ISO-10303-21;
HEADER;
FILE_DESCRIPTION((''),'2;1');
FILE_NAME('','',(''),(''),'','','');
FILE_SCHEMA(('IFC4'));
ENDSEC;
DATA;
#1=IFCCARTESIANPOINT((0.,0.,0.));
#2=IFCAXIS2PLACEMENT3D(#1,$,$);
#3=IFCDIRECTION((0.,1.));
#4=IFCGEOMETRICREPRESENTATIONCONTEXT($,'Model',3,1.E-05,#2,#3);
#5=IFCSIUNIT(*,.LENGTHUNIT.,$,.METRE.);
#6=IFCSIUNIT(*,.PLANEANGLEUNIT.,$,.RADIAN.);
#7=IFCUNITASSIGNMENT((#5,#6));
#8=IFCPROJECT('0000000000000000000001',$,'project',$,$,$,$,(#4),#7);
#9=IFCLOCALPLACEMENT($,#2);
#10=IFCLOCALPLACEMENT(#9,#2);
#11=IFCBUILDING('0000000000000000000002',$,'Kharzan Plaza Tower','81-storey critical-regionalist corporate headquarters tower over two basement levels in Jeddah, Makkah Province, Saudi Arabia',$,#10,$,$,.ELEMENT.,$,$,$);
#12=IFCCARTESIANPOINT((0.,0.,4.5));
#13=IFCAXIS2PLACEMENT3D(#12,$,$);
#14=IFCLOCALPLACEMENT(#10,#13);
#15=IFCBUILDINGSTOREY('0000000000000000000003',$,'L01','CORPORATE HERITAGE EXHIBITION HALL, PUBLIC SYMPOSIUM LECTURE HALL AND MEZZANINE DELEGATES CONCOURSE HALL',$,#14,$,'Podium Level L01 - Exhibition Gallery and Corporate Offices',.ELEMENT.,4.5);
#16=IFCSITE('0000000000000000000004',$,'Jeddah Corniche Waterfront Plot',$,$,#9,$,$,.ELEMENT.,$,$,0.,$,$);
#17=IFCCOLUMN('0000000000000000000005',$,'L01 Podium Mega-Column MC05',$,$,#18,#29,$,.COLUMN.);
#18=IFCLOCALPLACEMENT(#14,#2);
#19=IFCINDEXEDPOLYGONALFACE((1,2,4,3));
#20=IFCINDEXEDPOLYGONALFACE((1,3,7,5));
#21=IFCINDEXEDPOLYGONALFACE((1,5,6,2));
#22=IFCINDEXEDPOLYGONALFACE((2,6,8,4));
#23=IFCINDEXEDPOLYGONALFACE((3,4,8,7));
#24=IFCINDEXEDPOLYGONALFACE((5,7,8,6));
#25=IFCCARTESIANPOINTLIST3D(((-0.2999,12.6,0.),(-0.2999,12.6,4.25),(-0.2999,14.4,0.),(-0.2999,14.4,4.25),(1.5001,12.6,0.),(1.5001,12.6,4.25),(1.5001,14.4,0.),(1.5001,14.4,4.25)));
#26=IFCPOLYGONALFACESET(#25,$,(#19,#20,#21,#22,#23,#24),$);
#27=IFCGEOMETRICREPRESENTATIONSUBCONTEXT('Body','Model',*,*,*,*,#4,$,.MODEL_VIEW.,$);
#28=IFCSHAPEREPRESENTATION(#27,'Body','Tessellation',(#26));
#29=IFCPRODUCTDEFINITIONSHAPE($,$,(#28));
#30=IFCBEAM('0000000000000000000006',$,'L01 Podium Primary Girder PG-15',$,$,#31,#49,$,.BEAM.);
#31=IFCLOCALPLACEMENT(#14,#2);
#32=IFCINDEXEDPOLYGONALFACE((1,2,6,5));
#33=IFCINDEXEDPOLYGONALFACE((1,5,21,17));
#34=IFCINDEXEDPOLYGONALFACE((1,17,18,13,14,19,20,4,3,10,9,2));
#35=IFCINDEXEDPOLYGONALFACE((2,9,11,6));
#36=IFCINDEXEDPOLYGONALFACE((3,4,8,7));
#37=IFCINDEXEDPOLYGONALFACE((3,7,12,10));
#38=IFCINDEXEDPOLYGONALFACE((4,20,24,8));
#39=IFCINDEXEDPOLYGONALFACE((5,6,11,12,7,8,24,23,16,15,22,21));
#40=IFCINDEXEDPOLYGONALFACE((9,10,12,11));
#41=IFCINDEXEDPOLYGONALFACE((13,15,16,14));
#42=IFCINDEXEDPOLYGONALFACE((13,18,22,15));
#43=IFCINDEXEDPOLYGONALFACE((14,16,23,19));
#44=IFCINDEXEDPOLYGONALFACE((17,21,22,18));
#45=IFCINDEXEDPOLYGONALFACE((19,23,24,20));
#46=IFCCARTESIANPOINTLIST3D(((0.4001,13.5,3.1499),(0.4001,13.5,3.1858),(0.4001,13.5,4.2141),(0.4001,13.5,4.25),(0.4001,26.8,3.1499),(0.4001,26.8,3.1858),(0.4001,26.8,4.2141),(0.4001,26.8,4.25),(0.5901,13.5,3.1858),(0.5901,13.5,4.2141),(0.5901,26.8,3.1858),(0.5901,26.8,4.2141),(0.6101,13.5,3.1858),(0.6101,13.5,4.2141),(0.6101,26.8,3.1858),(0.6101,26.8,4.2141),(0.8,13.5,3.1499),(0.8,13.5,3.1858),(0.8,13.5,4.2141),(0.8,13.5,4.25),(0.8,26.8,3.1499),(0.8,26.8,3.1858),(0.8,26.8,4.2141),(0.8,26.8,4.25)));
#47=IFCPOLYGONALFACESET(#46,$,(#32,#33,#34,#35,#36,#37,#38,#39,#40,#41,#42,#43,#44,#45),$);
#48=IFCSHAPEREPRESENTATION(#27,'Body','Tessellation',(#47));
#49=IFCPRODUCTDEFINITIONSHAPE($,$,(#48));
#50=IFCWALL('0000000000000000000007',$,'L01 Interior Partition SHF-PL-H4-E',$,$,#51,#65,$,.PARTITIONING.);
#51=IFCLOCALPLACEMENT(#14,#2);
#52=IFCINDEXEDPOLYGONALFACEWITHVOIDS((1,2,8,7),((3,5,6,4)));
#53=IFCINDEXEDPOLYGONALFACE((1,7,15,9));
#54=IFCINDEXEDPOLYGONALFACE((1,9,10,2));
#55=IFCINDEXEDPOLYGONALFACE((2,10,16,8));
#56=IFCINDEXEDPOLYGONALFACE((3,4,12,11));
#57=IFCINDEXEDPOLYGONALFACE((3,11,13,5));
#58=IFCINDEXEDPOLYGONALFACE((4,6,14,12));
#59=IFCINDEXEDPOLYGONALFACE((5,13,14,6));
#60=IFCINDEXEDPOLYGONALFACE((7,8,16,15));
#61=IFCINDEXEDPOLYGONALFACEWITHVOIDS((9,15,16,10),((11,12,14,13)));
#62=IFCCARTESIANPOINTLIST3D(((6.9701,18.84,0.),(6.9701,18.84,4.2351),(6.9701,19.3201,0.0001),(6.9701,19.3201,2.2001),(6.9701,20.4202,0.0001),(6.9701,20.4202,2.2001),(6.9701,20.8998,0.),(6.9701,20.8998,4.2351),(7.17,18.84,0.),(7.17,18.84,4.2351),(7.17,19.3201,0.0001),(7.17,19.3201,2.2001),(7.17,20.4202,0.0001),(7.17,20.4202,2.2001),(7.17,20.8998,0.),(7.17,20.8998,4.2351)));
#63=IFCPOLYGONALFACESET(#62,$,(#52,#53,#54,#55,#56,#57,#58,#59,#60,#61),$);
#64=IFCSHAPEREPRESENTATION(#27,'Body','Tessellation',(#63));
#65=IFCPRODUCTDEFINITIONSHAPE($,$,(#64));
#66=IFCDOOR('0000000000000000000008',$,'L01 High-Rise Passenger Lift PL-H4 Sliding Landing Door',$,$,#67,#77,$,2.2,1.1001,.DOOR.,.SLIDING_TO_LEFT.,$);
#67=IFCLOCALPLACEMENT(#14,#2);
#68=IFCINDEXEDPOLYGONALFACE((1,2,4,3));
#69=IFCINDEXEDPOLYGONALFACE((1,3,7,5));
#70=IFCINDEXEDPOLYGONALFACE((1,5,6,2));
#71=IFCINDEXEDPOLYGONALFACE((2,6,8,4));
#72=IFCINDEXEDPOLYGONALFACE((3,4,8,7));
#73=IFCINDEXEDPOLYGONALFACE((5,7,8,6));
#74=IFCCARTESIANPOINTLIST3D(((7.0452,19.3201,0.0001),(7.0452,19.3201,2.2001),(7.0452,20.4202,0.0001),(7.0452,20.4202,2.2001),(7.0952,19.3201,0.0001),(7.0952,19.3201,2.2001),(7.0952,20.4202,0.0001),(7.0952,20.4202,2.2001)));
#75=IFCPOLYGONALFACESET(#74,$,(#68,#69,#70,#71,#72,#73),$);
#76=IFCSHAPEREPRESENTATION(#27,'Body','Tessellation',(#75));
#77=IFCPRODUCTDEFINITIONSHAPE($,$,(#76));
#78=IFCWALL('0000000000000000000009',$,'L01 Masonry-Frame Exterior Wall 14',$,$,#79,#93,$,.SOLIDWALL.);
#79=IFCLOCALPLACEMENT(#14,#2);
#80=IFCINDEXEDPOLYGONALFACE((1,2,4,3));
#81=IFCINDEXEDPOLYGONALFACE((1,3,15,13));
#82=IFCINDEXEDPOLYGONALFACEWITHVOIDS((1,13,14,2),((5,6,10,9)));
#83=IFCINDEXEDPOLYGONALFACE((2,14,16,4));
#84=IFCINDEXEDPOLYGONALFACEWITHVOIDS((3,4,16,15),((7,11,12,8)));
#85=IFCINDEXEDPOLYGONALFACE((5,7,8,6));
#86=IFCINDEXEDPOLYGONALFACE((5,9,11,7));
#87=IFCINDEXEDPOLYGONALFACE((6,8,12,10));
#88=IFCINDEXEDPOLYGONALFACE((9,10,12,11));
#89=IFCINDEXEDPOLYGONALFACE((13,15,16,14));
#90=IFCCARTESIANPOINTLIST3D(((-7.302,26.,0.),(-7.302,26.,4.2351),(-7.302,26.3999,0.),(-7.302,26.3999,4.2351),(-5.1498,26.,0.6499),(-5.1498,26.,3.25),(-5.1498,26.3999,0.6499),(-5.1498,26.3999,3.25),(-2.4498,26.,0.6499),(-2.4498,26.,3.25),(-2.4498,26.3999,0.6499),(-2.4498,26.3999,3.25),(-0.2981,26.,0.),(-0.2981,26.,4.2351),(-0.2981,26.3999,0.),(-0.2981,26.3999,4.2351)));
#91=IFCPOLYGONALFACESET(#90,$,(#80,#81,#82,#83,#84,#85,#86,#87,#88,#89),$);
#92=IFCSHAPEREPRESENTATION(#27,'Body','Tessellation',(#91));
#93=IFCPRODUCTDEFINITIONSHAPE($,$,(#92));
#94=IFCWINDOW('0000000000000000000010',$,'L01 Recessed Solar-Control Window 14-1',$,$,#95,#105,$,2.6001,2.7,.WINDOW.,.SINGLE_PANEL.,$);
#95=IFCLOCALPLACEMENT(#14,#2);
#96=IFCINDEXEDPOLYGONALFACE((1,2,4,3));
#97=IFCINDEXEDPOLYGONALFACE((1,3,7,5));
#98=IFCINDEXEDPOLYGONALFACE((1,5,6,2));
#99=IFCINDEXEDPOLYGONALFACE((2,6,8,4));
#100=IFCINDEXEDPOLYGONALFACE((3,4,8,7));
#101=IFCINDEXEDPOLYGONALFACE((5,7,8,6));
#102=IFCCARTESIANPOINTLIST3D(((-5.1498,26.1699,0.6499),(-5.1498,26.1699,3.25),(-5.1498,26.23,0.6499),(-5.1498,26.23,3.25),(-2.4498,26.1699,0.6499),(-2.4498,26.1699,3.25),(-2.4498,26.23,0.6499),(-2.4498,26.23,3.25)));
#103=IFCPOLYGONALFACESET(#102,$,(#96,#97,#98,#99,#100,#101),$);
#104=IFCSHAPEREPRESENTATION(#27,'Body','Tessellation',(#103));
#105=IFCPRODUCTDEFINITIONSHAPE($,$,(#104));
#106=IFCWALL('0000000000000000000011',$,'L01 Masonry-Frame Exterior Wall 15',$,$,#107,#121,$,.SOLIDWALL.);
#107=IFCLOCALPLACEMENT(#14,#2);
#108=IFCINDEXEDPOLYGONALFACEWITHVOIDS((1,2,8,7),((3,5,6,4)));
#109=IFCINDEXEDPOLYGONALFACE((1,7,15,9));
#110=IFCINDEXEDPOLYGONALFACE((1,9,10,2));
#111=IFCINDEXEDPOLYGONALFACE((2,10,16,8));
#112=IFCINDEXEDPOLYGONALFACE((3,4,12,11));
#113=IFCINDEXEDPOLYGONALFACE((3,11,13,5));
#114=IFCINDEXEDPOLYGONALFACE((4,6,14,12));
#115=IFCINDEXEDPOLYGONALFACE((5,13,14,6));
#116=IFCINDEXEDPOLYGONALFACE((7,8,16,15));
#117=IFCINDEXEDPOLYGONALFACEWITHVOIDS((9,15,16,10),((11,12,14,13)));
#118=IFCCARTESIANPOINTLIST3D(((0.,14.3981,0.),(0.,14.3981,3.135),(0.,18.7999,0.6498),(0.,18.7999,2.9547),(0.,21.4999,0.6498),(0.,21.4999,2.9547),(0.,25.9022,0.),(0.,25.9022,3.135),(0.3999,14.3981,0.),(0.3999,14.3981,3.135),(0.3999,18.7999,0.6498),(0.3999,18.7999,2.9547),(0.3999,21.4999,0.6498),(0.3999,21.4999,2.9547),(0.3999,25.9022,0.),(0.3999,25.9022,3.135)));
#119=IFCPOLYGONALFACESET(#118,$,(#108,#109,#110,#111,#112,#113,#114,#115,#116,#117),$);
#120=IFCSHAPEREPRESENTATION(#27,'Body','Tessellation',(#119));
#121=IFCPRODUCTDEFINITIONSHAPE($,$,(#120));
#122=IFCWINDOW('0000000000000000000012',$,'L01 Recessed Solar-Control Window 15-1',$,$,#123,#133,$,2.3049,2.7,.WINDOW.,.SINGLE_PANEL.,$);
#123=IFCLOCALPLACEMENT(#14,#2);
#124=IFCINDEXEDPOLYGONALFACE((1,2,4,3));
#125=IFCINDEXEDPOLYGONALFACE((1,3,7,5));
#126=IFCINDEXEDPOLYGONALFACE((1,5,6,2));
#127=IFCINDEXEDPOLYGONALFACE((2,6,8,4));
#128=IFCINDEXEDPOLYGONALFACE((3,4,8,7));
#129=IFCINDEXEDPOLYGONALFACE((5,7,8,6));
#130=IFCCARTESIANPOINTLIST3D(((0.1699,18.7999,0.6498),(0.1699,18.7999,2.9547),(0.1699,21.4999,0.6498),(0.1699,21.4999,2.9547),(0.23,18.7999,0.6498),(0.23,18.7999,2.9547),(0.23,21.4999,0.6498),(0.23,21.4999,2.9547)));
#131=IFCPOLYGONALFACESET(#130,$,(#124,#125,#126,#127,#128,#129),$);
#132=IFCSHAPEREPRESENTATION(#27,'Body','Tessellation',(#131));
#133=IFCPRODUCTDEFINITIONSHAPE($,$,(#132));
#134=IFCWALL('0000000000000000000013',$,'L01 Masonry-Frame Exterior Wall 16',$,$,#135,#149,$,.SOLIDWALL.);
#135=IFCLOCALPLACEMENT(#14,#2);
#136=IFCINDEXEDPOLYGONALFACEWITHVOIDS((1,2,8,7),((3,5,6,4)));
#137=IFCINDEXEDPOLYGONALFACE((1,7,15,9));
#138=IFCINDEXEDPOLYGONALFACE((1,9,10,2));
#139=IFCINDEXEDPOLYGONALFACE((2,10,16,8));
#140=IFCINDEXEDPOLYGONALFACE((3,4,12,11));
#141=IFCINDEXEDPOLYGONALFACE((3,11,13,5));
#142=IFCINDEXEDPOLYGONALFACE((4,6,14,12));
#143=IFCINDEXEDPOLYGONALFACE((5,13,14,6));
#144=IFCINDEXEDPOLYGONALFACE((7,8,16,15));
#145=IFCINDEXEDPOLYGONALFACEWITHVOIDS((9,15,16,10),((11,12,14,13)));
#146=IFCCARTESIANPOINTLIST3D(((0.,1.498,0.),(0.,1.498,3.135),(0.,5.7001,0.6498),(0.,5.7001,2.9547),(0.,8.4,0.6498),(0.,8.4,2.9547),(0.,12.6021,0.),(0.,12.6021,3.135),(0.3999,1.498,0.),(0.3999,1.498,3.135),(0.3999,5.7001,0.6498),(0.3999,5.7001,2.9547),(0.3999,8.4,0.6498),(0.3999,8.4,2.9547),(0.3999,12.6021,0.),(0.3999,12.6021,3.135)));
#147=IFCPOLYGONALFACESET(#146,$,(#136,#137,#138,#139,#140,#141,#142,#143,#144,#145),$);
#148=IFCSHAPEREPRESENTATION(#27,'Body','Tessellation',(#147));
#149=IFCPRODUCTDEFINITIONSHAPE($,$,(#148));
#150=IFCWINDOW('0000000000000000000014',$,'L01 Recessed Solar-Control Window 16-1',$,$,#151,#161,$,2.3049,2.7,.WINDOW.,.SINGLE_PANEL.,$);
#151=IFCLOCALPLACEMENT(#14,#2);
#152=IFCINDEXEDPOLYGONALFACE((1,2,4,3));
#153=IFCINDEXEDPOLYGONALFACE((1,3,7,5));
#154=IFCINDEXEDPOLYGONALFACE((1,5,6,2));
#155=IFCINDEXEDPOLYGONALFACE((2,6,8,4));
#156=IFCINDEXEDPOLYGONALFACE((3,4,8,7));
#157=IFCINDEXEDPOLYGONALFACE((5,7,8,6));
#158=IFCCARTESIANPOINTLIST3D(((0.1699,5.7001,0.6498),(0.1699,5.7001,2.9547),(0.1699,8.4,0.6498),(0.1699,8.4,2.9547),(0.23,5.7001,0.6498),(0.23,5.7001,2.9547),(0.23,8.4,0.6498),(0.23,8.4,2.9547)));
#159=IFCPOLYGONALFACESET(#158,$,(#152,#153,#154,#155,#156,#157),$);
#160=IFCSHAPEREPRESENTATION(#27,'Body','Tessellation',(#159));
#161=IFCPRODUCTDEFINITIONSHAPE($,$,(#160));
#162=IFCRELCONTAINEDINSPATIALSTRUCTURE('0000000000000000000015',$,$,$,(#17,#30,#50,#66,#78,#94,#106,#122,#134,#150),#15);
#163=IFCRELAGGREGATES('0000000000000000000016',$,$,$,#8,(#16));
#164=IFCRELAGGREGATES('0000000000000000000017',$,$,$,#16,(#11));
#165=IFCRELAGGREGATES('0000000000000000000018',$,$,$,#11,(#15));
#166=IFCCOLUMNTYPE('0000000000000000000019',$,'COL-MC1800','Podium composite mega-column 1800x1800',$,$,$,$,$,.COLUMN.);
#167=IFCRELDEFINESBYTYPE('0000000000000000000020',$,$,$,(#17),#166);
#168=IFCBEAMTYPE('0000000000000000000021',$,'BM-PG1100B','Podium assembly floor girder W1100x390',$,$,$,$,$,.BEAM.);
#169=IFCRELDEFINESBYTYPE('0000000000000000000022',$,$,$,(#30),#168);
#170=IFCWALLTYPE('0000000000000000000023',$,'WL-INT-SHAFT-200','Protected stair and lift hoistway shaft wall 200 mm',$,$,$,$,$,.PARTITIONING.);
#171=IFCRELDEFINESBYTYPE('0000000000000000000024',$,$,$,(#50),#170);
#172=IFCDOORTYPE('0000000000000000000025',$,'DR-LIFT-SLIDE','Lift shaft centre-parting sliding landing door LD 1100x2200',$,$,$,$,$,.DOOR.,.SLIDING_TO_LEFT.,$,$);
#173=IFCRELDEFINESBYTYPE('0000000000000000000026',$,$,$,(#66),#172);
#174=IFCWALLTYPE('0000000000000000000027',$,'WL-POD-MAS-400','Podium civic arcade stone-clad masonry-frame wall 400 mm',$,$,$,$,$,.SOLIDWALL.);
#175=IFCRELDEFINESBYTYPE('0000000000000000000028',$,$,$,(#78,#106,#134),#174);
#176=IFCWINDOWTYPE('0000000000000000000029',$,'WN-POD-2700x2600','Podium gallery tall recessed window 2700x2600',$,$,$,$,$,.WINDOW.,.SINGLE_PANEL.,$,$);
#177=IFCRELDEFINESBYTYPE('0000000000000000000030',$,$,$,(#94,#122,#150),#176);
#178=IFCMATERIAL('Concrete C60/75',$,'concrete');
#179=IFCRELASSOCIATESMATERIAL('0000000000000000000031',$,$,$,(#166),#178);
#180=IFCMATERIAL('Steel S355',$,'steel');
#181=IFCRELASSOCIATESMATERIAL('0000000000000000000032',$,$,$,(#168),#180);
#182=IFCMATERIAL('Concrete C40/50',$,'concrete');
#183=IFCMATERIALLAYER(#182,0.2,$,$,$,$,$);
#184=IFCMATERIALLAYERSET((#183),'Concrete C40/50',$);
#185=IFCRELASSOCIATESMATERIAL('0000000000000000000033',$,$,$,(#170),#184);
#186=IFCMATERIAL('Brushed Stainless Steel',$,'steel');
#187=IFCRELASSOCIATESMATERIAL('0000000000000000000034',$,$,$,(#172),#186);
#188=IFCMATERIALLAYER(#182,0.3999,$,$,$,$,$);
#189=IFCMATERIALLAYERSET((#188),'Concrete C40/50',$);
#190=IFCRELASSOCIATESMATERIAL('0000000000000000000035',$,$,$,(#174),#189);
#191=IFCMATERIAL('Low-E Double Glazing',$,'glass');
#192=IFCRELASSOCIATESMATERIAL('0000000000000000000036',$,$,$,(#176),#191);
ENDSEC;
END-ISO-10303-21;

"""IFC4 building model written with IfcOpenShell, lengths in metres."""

from ifc_helpers import new_model, si_unit, direction, frame, frame_2d, origin, origin_2d, place, context, subcontext, project, spatial, rectangle, i_section, extrude, source, transform, mapped, material, layer, layer_set, material_profile, profile_set, type_object, element, fill, save


model = new_model("IFC4")

# Units and contexts
model_context = context("Model", 3, precision=1e-05, world=origin(), true_north=direction((0.0, 1.0)))
body_context = subcontext(model_context, "Body", "Model", "MODEL_VIEW")
ifc_project = project(units=[si_unit("LENGTHUNIT", "METRE"), si_unit("PLANEANGLEUNIT", "RADIAN")], contexts=[model_context])

# Site, building, storey
site_placement = place(None, origin())
site = spatial("IfcSite", under=ifc_project, at=site_placement, Name="Jeddah Corniche Waterfront Plot", CompositionType="ELEMENT", RefElevation=0.0)
building_placement = place(site_placement, origin())
building = spatial("IfcBuilding", under=site, at=building_placement, Name="Kharzan Plaza Tower", Description="81-storey critical-regionalist corporate headquarters tower over two basement levels in Jeddah, Makkah Province, Saudi Arabia", CompositionType="ELEMENT")
storey_placement = place(building_placement, frame((0.0, 0.0, 4.5)))
storey = spatial("IfcBuildingStorey", under=building, at=storey_placement, Name="L01", Description="CORPORATE HERITAGE EXHIBITION HALL, PUBLIC SYMPOSIUM LECTURE HALL AND MEZZANINE DELEGATES CONCOURSE HALL", LongName="Podium Level L01 - Exhibition Gallery and Corporate Offices", CompositionType="ELEMENT", Elevation=4.5)

# Column
ifc_material_1 = material(Name="Concrete C60/75", Category="concrete")
ifc_material_profile_1 = material_profile(ifc_material_1, rectangle(XDim=1.8, YDim=1.8, at=origin_2d()), Name="RC-MC1800x1800")
ifc_profile_set_1 = profile_set([ifc_material_profile_1], Name="Concrete C60/75")
column_type = type_object("IfcColumnType", Name="COL-MC1800", Description="Podium composite mega-column 1800x1800", PredefinedType="COLUMN", material=ifc_profile_set_1)
shared_shape_1 = source(origin(), body_context, "Body", "SweptSolid", [
    extrude(rectangle(XDim=1.8, YDim=1.8, at=origin_2d()), origin(), (0.0, 0.0, 1.0), 4.25),
])
column_placement = place(storey_placement, frame((0.6001, 13.5, 0.0), z_axis=(0.0, 0.0, 1.0), x_axis=(1.0, 0.0, 0.0)))
element("IfcColumn", 1, at=column_placement, inside=storey, type_object=column_type, Name="L01 Podium Mega-Column MC05", PredefinedType="COLUMN", context=body_context, shape_type="MappedRepresentation", body=[
    mapped(shared_shape_1, transform((0.0, 0.0, 0.0), x_axis=(1.0, 0.0, 0.0), y_axis=(0.0, 1.0, 0.0), z_axis=(0.0, 0.0, 1.0))),
])

# Beam
ifc_material_2 = material(Name="Steel S355", Category="steel")
ifc_material_profile_2 = material_profile(ifc_material_2, i_section(OverallWidth=0.3999, OverallDepth=1.1001, WebThickness=0.02, FlangeThickness=0.0359, at=origin_2d()), Name="W1100x390")
ifc_profile_set_2 = profile_set([ifc_material_profile_2], Name="Steel S355")
beam_type = type_object("IfcBeamType", Name="BM-PG1100B", Description="Podium assembly floor girder W1100x390", PredefinedType="BEAM", material=ifc_profile_set_2)
shared_shape_2 = source(origin(), body_context, "Body", "SweptSolid", [
    extrude(i_section(OverallWidth=0.3999, OverallDepth=1.1001, WebThickness=0.02, FlangeThickness=0.0359, at=origin_2d()), origin(), (0.0, 0.0, 1.0), 13.3),
])
beam_placement = place(storey_placement, frame((0.6001, 13.5, 3.7), z_axis=(0.0, 1.0, 0.0), x_axis=(-1.0, 0.0, 0.0)))
element("IfcBeam", 2, at=beam_placement, inside=storey, type_object=beam_type, Name="L01 Podium Primary Girder PG-15", PredefinedType="BEAM", context=body_context, shape_type="MappedRepresentation", body=[
    mapped(shared_shape_2, transform((0.0, 0.0, 0.0), x_axis=(1.0, 0.0, 0.0), y_axis=(0.0, 1.0, 0.0), z_axis=(0.0, 0.0, 1.0))),
])

# Wall, opening, door
ifc_material_3 = material(Name="Concrete C40/50", Category="concrete")
ifc_layer_1 = layer(ifc_material_3, 0.2)
ifc_layer_set_1 = layer_set([ifc_layer_1], Name="Concrete C40/50")
wall_type_1 = type_object("IfcWallType", Name="WL-INT-SHAFT-200", Description="Protected stair and lift hoistway shaft wall 200 mm", PredefinedType="PARTITIONING", material=ifc_layer_set_1)
wall_1_placement = place(storey_placement, frame((7.0701, 18.8401, 0.0), z_axis=(0.0, 0.0, 1.0), x_axis=(0.0, 1.0, 0.0)))
wall_1 = element("IfcWall", 3, at=wall_1_placement, inside=storey, type_object=wall_type_1, Name="L01 Interior Partition SHF-PL-H4-E", PredefinedType="PARTITIONING", context=body_context, shape_type="SweptSolid", body=[
    extrude(rectangle(XDim=2.0598, YDim=0.2, at=frame_2d((1.0298, 0.0))), origin(), (0.0, 0.0, 1.0), 4.2351),
])
opening_1_placement = place(wall_1_placement, frame((0.48, 0.0, 0.0)))
opening_1 = element("IfcOpeningElement", 4, at=opening_1_placement, cuts=wall_1, PredefinedType="OPENING", context=body_context, shape_type="SweptSolid", body=[
    extrude(rectangle(XDim=1.1001, YDim=2.2, at=frame_2d((0.55, 1.1001))), frame((0.0, 0.1099, 0.0), z_axis=(0.0, -1.0, 0.0), x_axis=(1.0, 0.0, 0.0)), (0.0, 0.0, 1.0), 0.22),
])
ifc_material_4 = material(Name="Brushed Stainless Steel", Category="steel")
door_type_1 = type_object("IfcDoorType", Name="DR-LIFT-SLIDE", Description="Lift shaft centre-parting sliding landing door LD 1100x2200", OperationType="SLIDING_TO_LEFT", PredefinedType="DOOR", material=ifc_material_4)
shared_shape_3 = source(origin(), body_context, "Body", "SweptSolid", [
    extrude(rectangle(XDim=1.1001, YDim=2.2, at=frame_2d((0.55, 1.1001))), frame((0.0, 0.0249, 0.0), z_axis=(0.0, -1.0, 0.0), x_axis=(1.0, 0.0, 0.0)), (0.0, 0.0, 1.0), 0.05),
])
door_1_placement = place(opening_1_placement, origin())
door_1 = element("IfcDoor", 5, at=door_1_placement, inside=storey, type_object=door_type_1, Name="L01 High-Rise Passenger Lift PL-H4 Sliding Landing Door", OperationType="SLIDING_TO_LEFT", OverallHeight=2.2, OverallWidth=1.1001, PredefinedType="DOOR", context=body_context, shape_type="MappedRepresentation", body=[
    mapped(shared_shape_3, transform((0.0, 0.0, 0.0), x_axis=(1.0, 0.0, 0.0), y_axis=(0.0, 1.0, 0.0), z_axis=(0.0, 0.0, 1.0))),
])
fill(opening_1, door_1)

# Walls, openings, windows
ifc_layer_2 = layer(ifc_material_3, 0.3999)
ifc_layer_set_2 = layer_set([ifc_layer_2], Name="Concrete C40/50")
wall_type_2 = type_object("IfcWallType", Name="WL-POD-MAS-400", Description="Podium civic arcade stone-clad masonry-frame wall 400 mm", PredefinedType="SOLIDWALL", material=ifc_layer_set_2)
wall_2_placement = place(storey_placement, frame((-7.302, 26.2, 0.0), z_axis=(0.0, 0.0, 1.0), x_axis=(1.0, 0.0, 0.0)))
wall_2 = element("IfcWall", 6, at=wall_2_placement, inside=storey, type_object=wall_type_2, Name="L01 Masonry-Frame Exterior Wall 14", PredefinedType="SOLIDWALL", context=body_context, shape_type="SweptSolid", body=[
    extrude(rectangle(XDim=7.0039, YDim=0.3999, at=frame_2d((3.502, 0.0))), origin(), (0.0, 0.0, 1.0), 4.2351),
])
opening_2_placement = place(wall_2_placement, frame((2.1521, 0.0, 0.6499)))
opening_2 = element("IfcOpeningElement", 7, at=opening_2_placement, cuts=wall_2, PredefinedType="OPENING", context=body_context, shape_type="SweptSolid", body=[
    extrude(rectangle(XDim=2.7, YDim=2.6001, at=frame_2d((1.3501, 1.3))), frame((0.0, 0.21, 0.0), z_axis=(0.0, -1.0, 0.0), x_axis=(1.0, 0.0, 0.0)), (0.0, 0.0, 1.0), 0.4199),
])
ifc_material_5 = material(Name="Low-E Double Glazing", Category="glass")
window_type = type_object("IfcWindowType", Name="WN-POD-2700x2600", Description="Podium gallery tall recessed window 2700x2600", PartitioningType="SINGLE_PANEL", PredefinedType="WINDOW", material=ifc_material_5)
shared_shape_4 = source(origin(), body_context, "Body", "SweptSolid", [
    extrude(rectangle(XDim=2.7, YDim=2.6001, at=frame_2d((1.3501, 1.3))), frame((0.0, 0.03, 0.0), z_axis=(0.0, -1.0, 0.0), x_axis=(1.0, 0.0, 0.0)), (0.0, 0.0, 1.0), 0.0601),
])
window_1_placement = place(opening_2_placement, origin())
window_1 = element("IfcWindow", 8, at=window_1_placement, inside=storey, type_object=window_type, Name="L01 Recessed Solar-Control Window 14-1", OverallHeight=2.6001, OverallWidth=2.7, PartitioningType="SINGLE_PANEL", PredefinedType="WINDOW", context=body_context, shape_type="MappedRepresentation", body=[
    mapped(shared_shape_4, transform((0.0, 0.0, 0.0), x_axis=(1.0, 0.0, 0.0), y_axis=(0.0, 1.0, 0.0), z_axis=(0.0, 0.0, 1.0))),
])
fill(opening_2, window_1)
wall_3_placement = place(storey_placement, frame((0.2, 25.9021, 0.0), z_axis=(0.0, 0.0, 1.0), x_axis=(0.0, -1.0, 0.0)))
wall_3 = element("IfcWall", 9, at=wall_3_placement, inside=storey, type_object=wall_type_2, Name="L01 Masonry-Frame Exterior Wall 15", PredefinedType="SOLIDWALL", context=body_context, shape_type="SweptSolid", body=[
    extrude(rectangle(XDim=11.5042, YDim=0.3999, at=frame_2d((5.752, 0.0))), origin(), (0.0, 0.0, 1.0), 3.135),
])
opening_3_placement = place(wall_3_placement, frame((4.4021, 0.0, 0.6499)))
opening_3 = element("IfcOpeningElement", 10, at=opening_3_placement, cuts=wall_3, PredefinedType="OPENING", context=body_context, shape_type="SweptSolid", body=[
    extrude(rectangle(XDim=2.7, YDim=2.3049, at=frame_2d((1.3501, 1.1523))), frame((0.0, 0.21, 0.0), z_axis=(0.0, -1.0, 0.0), x_axis=(1.0, 0.0, 0.0)), (0.0, 0.0, 1.0), 0.4199),
])
shared_shape_5 = source(origin(), body_context, "Body", "SweptSolid", [
    extrude(rectangle(XDim=2.7, YDim=2.3049, at=frame_2d((1.3501, 1.1523))), frame((0.0, 0.03, 0.0), z_axis=(0.0, -1.0, 0.0), x_axis=(1.0, 0.0, 0.0)), (0.0, 0.0, 1.0), 0.0601),
])
window_2_placement = place(opening_3_placement, origin())
window_2 = element("IfcWindow", 11, at=window_2_placement, inside=storey, type_object=window_type, Name="L01 Recessed Solar-Control Window 15-1", OverallHeight=2.3049, OverallWidth=2.7, PartitioningType="SINGLE_PANEL", PredefinedType="WINDOW", context=body_context, shape_type="MappedRepresentation", body=[
    mapped(shared_shape_5, transform((0.0, 0.0, 0.0), x_axis=(1.0, 0.0, 0.0), y_axis=(0.0, 1.0, 0.0), z_axis=(0.0, 0.0, 1.0))),
])
fill(opening_3, window_2)
wall_4_placement = place(storey_placement, frame((0.2, 12.6021, 0.0), z_axis=(0.0, 0.0, 1.0), x_axis=(0.0, -1.0, 0.0)))
wall_4 = element("IfcWall", 12, at=wall_4_placement, inside=storey, type_object=wall_type_2, Name="L01 Masonry-Frame Exterior Wall 16", PredefinedType="SOLIDWALL", context=body_context, shape_type="SweptSolid", body=[
    extrude(rectangle(XDim=11.104, YDim=0.3999, at=frame_2d((5.552, 0.0))), origin(), (0.0, 0.0, 1.0), 3.135),
])
opening_4_placement = place(wall_4_placement, frame((4.2019, 0.0, 0.6499)))
opening_4 = element("IfcOpeningElement", 13, at=opening_4_placement, cuts=wall_4, PredefinedType="OPENING", context=body_context, shape_type="SweptSolid", body=[
    extrude(rectangle(XDim=2.7, YDim=2.3049, at=frame_2d((1.3501, 1.1523))), frame((0.0, 0.21, 0.0), z_axis=(0.0, -1.0, 0.0), x_axis=(1.0, 0.0, 0.0)), (0.0, 0.0, 1.0), 0.4199),
])
window_3_placement = place(opening_4_placement, origin())
window_3 = element("IfcWindow", 14, at=window_3_placement, inside=storey, type_object=window_type, Name="L01 Recessed Solar-Control Window 16-1", OverallHeight=2.3049, OverallWidth=2.7, PartitioningType="SINGLE_PANEL", PredefinedType="WINDOW", context=body_context, shape_type="MappedRepresentation", body=[
    mapped(shared_shape_5, transform((0.0, 0.0, 0.0), x_axis=(1.0, 0.0, 0.0), y_axis=(0.0, 1.0, 0.0), z_axis=(0.0, 0.0, 1.0))),
])
fill(opening_4, window_3)

save(model, "model.ifc")
